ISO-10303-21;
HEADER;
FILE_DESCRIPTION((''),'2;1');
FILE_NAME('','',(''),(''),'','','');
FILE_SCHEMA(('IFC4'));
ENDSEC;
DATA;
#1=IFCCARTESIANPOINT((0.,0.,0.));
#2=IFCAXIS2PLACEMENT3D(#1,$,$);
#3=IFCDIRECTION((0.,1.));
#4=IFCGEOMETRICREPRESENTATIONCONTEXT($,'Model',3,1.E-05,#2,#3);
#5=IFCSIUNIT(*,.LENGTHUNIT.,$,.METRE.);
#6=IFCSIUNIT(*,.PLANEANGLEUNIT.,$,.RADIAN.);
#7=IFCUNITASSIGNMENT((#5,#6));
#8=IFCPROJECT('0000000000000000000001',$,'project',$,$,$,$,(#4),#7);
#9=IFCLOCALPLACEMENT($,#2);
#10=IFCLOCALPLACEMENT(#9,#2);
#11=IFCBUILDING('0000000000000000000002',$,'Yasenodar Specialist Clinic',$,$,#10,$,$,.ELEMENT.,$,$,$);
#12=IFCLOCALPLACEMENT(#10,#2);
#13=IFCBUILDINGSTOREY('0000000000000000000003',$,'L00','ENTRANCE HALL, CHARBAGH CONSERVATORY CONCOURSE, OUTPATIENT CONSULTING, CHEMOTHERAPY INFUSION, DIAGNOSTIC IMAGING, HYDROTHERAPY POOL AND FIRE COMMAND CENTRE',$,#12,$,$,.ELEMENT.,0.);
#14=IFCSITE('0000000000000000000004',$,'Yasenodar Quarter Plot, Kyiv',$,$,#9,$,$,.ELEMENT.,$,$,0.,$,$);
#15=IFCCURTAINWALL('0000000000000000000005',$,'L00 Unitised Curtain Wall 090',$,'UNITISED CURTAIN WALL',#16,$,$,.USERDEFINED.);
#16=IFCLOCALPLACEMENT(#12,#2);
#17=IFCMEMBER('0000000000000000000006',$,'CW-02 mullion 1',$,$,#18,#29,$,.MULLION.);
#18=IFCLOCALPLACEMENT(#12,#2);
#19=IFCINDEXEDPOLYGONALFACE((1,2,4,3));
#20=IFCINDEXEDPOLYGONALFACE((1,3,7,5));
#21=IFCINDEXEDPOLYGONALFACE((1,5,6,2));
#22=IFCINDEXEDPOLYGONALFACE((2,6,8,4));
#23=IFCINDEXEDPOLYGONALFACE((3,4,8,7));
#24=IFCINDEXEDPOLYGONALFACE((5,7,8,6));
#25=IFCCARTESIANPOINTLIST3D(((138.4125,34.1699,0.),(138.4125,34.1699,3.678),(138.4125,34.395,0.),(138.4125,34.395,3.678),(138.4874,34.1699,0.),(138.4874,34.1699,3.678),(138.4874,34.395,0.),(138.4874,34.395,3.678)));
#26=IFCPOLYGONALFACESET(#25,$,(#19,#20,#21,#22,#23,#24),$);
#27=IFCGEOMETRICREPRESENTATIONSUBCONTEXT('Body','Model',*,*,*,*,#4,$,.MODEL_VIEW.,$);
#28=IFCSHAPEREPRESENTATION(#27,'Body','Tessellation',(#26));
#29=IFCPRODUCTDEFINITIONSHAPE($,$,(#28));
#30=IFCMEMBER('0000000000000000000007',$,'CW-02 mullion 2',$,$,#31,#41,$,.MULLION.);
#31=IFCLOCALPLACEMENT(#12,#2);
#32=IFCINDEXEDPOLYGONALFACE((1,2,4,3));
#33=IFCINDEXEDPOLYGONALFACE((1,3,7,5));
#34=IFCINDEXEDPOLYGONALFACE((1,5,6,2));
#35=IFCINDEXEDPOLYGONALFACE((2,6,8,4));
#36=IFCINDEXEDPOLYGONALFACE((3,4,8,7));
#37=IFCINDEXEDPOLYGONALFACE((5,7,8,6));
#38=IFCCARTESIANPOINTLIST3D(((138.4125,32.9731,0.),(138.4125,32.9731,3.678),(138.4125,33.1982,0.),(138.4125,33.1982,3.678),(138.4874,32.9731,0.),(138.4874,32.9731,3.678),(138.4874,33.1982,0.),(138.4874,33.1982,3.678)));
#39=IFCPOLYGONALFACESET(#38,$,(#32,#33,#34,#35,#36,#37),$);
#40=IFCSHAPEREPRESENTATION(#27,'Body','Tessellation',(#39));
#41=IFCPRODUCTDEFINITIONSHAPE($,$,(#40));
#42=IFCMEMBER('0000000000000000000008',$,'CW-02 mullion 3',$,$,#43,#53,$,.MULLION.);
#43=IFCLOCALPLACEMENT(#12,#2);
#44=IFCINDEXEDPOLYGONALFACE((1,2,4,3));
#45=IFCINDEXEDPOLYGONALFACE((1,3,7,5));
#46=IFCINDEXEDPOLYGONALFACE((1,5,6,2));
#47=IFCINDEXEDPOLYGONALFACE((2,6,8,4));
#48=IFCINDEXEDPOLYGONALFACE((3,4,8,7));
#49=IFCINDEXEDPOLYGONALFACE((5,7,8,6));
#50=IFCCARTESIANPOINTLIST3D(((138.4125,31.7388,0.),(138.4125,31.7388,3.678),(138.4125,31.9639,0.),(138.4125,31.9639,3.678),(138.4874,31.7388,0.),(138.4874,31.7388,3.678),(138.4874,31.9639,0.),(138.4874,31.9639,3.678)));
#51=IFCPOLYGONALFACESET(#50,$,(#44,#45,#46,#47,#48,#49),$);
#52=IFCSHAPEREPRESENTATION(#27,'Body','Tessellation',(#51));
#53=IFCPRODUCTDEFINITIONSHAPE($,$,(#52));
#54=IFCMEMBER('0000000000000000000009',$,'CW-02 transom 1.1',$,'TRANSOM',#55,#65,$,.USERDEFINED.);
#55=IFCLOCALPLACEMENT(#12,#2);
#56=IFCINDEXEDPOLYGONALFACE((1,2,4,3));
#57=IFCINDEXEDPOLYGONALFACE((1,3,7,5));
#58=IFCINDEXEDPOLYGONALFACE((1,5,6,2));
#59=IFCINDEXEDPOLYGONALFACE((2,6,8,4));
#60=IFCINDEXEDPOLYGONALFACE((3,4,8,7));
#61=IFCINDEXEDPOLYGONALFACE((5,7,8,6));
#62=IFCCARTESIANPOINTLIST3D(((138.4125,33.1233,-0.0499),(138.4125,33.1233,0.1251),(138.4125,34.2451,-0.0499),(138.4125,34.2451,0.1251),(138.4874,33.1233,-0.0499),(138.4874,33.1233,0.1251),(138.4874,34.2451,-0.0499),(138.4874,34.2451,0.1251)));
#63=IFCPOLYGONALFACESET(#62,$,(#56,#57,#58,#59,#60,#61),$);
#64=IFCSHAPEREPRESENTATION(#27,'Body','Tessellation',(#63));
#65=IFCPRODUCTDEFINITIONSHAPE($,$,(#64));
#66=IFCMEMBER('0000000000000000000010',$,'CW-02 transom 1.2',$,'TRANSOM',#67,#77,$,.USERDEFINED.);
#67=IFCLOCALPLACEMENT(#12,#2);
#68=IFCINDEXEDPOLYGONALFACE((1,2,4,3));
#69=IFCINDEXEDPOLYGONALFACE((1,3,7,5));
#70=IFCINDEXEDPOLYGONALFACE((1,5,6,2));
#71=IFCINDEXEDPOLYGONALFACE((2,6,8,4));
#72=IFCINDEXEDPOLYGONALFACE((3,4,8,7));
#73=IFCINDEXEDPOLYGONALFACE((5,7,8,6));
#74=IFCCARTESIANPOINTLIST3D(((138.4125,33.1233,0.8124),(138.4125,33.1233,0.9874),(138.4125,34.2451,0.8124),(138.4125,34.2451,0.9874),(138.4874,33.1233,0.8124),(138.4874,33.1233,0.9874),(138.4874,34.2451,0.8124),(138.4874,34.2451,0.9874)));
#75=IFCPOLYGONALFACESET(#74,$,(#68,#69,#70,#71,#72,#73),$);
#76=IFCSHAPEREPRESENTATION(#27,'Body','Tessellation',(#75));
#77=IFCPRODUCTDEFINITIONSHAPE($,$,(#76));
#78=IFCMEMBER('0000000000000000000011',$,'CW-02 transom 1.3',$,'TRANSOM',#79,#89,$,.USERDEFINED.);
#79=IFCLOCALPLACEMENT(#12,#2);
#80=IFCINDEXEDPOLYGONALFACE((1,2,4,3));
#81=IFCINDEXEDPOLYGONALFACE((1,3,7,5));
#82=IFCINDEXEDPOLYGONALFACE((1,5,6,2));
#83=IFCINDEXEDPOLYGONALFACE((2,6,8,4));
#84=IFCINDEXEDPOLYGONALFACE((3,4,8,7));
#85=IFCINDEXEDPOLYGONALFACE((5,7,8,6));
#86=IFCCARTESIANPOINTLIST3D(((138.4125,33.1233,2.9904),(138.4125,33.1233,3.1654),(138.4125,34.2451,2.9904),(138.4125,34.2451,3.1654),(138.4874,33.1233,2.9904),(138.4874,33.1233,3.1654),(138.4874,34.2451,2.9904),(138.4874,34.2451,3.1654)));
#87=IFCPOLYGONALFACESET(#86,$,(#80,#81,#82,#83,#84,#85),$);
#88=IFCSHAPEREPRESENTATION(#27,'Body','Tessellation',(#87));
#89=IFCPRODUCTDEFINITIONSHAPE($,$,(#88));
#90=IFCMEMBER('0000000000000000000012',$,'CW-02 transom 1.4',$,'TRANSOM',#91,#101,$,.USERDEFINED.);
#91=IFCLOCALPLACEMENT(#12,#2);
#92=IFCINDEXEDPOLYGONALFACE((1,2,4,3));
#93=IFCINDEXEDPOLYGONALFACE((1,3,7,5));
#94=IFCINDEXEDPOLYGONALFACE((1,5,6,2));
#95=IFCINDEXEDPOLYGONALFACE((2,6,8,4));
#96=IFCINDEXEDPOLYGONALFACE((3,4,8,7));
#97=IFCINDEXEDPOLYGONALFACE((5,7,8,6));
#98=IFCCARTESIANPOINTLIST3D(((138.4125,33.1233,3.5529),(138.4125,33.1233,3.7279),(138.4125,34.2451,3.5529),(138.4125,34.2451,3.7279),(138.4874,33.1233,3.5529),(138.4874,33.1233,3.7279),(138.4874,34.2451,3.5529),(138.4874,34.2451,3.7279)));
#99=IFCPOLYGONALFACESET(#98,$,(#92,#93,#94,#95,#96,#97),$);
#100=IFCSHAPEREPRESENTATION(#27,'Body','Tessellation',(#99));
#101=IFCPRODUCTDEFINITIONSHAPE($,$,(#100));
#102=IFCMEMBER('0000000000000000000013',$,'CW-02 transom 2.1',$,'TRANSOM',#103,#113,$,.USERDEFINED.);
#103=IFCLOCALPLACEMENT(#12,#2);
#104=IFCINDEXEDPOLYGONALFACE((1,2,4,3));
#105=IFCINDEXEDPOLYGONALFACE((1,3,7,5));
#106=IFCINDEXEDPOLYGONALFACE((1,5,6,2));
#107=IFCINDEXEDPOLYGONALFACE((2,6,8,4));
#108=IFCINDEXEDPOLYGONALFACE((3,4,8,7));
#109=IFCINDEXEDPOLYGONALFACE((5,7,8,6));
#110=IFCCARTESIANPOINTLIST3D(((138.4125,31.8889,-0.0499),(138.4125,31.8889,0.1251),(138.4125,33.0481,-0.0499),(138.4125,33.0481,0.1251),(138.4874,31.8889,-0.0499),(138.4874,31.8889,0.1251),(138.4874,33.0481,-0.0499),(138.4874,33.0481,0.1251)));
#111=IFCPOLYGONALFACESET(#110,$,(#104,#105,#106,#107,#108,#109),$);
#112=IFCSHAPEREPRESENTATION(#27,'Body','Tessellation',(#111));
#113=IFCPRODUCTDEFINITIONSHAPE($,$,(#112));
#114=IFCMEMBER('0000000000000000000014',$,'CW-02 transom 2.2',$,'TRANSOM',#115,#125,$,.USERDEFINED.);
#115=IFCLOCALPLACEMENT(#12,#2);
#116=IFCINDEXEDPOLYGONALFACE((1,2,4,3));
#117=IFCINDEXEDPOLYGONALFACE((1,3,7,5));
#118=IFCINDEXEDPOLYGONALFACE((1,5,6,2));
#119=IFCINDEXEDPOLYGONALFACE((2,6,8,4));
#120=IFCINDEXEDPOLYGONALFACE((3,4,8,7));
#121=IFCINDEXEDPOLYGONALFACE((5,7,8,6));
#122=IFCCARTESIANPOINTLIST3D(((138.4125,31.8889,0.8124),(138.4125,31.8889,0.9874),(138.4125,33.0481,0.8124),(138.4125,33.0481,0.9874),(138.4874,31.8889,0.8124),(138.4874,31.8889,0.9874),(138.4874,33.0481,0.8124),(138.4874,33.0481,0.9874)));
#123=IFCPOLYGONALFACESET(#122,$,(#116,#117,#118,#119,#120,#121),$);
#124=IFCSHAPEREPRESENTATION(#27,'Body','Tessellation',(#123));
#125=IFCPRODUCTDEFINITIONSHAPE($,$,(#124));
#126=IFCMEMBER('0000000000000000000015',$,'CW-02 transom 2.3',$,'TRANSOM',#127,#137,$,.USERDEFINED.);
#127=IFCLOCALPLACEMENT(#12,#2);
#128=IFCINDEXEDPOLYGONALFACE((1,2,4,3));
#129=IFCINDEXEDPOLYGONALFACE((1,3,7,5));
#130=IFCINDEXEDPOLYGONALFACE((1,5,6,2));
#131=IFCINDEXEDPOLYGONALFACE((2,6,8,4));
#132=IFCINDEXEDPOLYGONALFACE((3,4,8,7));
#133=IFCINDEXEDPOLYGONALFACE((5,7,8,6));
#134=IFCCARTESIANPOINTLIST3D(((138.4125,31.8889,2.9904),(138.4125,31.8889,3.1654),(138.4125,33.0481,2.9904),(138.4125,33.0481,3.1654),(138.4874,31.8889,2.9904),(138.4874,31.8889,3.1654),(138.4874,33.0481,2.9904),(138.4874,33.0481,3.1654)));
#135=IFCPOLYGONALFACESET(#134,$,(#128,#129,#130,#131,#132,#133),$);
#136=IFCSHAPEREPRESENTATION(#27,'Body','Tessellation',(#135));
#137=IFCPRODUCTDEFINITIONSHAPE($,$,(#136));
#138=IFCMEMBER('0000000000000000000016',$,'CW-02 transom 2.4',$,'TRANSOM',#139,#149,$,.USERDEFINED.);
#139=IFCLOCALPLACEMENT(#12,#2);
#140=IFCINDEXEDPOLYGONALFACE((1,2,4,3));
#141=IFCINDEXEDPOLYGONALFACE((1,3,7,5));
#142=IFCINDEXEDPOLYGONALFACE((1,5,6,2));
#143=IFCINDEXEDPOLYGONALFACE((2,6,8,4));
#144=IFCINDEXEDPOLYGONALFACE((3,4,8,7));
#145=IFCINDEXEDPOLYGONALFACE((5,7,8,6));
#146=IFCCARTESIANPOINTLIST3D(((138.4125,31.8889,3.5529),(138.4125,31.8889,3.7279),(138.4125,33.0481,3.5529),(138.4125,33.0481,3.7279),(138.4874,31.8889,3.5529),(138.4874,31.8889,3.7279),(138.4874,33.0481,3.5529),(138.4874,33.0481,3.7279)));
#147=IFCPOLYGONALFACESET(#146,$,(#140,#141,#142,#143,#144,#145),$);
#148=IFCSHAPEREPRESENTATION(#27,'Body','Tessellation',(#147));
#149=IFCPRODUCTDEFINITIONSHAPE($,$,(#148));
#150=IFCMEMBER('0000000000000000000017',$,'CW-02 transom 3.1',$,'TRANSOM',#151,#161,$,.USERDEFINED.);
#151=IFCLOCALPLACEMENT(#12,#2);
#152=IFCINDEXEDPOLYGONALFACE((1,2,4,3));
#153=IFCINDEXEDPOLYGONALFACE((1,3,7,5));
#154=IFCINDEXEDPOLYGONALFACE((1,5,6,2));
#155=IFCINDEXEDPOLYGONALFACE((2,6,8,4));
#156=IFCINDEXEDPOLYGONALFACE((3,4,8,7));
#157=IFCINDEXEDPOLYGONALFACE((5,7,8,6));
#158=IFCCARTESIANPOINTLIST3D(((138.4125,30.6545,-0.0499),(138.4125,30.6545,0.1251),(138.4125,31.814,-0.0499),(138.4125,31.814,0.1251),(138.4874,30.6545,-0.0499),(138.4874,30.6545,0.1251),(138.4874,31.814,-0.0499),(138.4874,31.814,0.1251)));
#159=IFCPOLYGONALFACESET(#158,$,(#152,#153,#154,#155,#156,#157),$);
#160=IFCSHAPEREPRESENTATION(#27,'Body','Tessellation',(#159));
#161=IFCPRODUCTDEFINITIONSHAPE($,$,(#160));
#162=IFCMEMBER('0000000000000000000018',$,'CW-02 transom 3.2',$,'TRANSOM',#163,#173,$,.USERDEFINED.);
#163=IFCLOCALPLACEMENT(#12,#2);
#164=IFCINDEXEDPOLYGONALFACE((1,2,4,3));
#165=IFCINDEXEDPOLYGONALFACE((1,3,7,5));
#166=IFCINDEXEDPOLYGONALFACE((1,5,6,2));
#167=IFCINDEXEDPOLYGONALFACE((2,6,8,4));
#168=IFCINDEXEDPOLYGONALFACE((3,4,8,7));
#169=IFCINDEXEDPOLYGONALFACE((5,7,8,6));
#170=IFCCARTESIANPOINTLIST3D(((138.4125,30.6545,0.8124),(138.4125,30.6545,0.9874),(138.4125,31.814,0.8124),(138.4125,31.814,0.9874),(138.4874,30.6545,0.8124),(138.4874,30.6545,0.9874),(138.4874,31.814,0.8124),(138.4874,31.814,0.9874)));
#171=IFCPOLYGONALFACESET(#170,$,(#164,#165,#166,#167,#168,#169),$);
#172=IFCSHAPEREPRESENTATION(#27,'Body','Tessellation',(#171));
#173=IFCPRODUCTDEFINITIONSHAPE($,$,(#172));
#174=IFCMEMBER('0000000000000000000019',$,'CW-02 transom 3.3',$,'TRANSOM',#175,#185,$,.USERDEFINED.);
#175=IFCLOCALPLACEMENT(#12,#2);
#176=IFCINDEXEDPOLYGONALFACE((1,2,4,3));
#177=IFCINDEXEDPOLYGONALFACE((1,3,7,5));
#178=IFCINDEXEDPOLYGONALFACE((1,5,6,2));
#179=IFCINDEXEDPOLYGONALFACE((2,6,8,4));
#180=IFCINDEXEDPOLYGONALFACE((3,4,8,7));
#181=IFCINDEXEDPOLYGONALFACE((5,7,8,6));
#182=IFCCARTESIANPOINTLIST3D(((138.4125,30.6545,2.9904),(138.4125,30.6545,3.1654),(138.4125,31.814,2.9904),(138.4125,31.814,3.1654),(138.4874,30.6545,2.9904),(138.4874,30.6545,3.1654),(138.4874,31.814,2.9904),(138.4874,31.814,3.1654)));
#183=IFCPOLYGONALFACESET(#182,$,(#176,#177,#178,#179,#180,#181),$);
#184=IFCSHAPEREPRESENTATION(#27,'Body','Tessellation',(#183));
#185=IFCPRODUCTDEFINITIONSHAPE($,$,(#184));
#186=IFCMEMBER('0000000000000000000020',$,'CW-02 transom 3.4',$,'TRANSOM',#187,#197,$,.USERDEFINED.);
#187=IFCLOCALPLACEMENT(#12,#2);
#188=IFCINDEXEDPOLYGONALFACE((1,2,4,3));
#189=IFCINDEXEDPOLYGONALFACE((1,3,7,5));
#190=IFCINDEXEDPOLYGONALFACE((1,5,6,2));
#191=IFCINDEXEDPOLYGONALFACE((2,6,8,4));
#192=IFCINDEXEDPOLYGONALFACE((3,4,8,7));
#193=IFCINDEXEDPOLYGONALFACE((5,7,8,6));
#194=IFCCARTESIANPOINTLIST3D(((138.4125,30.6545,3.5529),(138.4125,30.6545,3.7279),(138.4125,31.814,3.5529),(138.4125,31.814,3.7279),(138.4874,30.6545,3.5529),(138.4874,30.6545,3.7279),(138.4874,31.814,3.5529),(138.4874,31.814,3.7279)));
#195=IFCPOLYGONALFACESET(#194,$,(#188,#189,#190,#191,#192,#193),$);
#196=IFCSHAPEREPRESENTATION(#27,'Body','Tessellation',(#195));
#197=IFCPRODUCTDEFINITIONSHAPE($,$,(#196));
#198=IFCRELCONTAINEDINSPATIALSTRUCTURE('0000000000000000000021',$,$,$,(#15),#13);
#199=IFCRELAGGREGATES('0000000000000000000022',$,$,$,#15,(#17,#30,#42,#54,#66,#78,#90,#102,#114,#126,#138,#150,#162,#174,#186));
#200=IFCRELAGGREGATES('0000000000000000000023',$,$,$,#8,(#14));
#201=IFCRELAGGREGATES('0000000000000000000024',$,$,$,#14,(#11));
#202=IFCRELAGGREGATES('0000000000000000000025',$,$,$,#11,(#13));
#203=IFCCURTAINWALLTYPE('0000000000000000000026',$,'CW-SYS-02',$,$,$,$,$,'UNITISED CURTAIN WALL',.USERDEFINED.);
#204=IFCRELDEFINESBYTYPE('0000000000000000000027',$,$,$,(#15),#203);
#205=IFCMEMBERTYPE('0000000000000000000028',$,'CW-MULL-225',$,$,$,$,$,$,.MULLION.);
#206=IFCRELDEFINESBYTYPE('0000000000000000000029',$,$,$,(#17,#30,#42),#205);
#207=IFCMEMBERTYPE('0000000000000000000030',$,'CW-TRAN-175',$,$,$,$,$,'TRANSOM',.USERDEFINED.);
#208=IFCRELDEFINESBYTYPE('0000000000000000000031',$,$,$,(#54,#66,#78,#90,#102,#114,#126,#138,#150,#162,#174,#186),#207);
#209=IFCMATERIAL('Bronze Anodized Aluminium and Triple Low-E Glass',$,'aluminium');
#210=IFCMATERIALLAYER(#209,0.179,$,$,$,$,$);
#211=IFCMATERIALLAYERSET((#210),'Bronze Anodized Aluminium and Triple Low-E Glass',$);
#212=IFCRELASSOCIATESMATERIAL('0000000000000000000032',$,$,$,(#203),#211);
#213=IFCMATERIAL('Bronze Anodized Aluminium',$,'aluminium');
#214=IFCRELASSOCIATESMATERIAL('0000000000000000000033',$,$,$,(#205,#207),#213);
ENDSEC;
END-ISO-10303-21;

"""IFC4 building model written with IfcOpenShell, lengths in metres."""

from ifc_helpers import new_model, si_unit, direction, frame, origin, origin_2d, place, context, subcontext, project, spatial, rectangle, extrude, material, layer, layer_set, material_profile, profile_set, type_object, element, aggregate, save


model = new_model("IFC4")

# Units and contexts
model_context = context("Model", 3, precision=1e-05, world=origin(), true_north=direction((0.0, 1.0)))
body_context = subcontext(model_context, "Body", "Model", "MODEL_VIEW")
ifc_project = project(units=[si_unit("LENGTHUNIT", "METRE"), si_unit("PLANEANGLEUNIT", "RADIAN")], contexts=[model_context])

# Site, building, storey
site_placement = place(None, origin())
site = spatial("IfcSite", under=ifc_project, at=site_placement, Name="Yasenodar Quarter Plot, Kyiv", CompositionType="ELEMENT", RefElevation=0.0)
building_placement = place(site_placement, origin())
building = spatial("IfcBuilding", under=site, at=building_placement, Name="Yasenodar Specialist Clinic", CompositionType="ELEMENT")
storey_placement = place(building_placement, origin())
storey = spatial("IfcBuildingStorey", under=building, at=storey_placement, Name="L00", Description="ENTRANCE HALL, CHARBAGH CONSERVATORY CONCOURSE, OUTPATIENT CONSULTING, CHEMOTHERAPY INFUSION, DIAGNOSTIC IMAGING, HYDROTHERAPY POOL AND FIRE COMMAND CENTRE", CompositionType="ELEMENT", Elevation=0.0)

# Curtain wall, members
ifc_material_1 = material(Name="Bronze Anodized Aluminium and Triple Low-E Glass", Category="aluminium")
ifc_layer_1 = layer(ifc_material_1, 0.179)
ifc_layer_set_1 = layer_set([ifc_layer_1], Name="Bronze Anodized Aluminium and Triple Low-E Glass")
curtain_wall_type = type_object("IfcCurtainWallType", Name="CW-SYS-02", ElementType="UNITISED CURTAIN WALL", PredefinedType="USERDEFINED", material=ifc_layer_set_1)
curtain_wall_placement = place(storey_placement, origin())
curtain_wall = element("IfcCurtainWall", 1, at=curtain_wall_placement, inside=storey, type_object=curtain_wall_type, Name="L00 Unitised Curtain Wall 090", ObjectType="UNITISED CURTAIN WALL", PredefinedType="USERDEFINED")
ifc_material_2 = material(Name="Bronze Anodized Aluminium", Category="aluminium")
ifc_material_profile_1 = material_profile(ifc_material_2, rectangle(XDim=0.075, YDim=0.2251, at=origin_2d()), Name="CW-MULL 75x225")
ifc_profile_set_1 = profile_set([ifc_material_profile_1], Name="Bronze Anodized Aluminium")
member_type_1 = type_object("IfcMemberType", Name="CW-MULL-225", PredefinedType="MULLION", material=ifc_profile_set_1)
member_1_placement = place(storey_placement, frame((138.45, 34.2825, 0.0), z_axis=(0.0, 0.0, 1.0), x_axis=(1.0, 0.0, 0.0)))
member_1 = element("IfcMember", 2, at=member_1_placement, type_object=member_type_1, Name="CW-02 mullion 1", PredefinedType="MULLION", context=body_context, shape_type="SweptSolid", body=[
    extrude(rectangle(XDim=0.075, YDim=0.2251, at=origin_2d()), origin(), (0.0, 0.0, 1.0), 3.678),
])
member_2_placement = place(storey_placement, frame((138.45, 33.0857, 0.0), z_axis=(0.0, 0.0, 1.0), x_axis=(1.0, 0.0, 0.0)))
member_2 = element("IfcMember", 3, at=member_2_placement, type_object=member_type_1, Name="CW-02 mullion 2", PredefinedType="MULLION", context=body_context, shape_type="SweptSolid", body=[
    extrude(rectangle(XDim=0.075, YDim=0.2251, at=origin_2d()), origin(), (0.0, 0.0, 1.0), 3.678),
])
member_3_placement = place(storey_placement, frame((138.45, 31.8513, 0.0), z_axis=(0.0, 0.0, 1.0), x_axis=(1.0, 0.0, 0.0)))
member_3 = element("IfcMember", 4, at=member_3_placement, type_object=member_type_1, Name="CW-02 mullion 3", PredefinedType="MULLION", context=body_context, shape_type="SweptSolid", body=[
    extrude(rectangle(XDim=0.075, YDim=0.2251, at=origin_2d()), origin(), (0.0, 0.0, 1.0), 3.678),
])
ifc_material_profile_2 = material_profile(ifc_material_2, rectangle(XDim=0.075, YDim=0.175, at=origin_2d()), Name="CW-TRAN 75x175")
ifc_profile_set_2 = profile_set([ifc_material_profile_2], Name="Bronze Anodized Aluminium")
member_type_2 = type_object("IfcMemberType", Name="CW-TRAN-175", ElementType="TRANSOM", PredefinedType="USERDEFINED", material=ifc_profile_set_2)
member_4_placement = place(storey_placement, frame((138.45, 34.2451, 0.0376), z_axis=(0.0, -1.0, 0.0), x_axis=(1.0, 0.0, 0.0)))
member_4 = element("IfcMember", 5, at=member_4_placement, type_object=member_type_2, Name="CW-02 transom 1.1", ObjectType="TRANSOM", PredefinedType="USERDEFINED", context=body_context, shape_type="SweptSolid", body=[
    extrude(rectangle(XDim=0.075, YDim=0.175, at=origin_2d()), origin(), (0.0, 0.0, 1.0), 1.1218),
])
member_5_placement = place(storey_placement, frame((138.45, 34.2451, 0.8999), z_axis=(0.0, -1.0, 0.0), x_axis=(1.0, 0.0, 0.0)))
member_5 = element("IfcMember", 6, at=member_5_placement, type_object=member_type_2, Name="CW-02 transom 1.2", ObjectType="TRANSOM", PredefinedType="USERDEFINED", context=body_context, shape_type="SweptSolid", body=[
    extrude(rectangle(XDim=0.075, YDim=0.175, at=origin_2d()), origin(), (0.0, 0.0, 1.0), 1.1218),
])
member_6_placement = place(storey_placement, frame((138.45, 34.2451, 3.0779), z_axis=(0.0, -1.0, 0.0), x_axis=(1.0, 0.0, 0.0)))
member_6 = element("IfcMember", 7, at=member_6_placement, type_object=member_type_2, Name="CW-02 transom 1.3", ObjectType="TRANSOM", PredefinedType="USERDEFINED", context=body_context, shape_type="SweptSolid", body=[
    extrude(rectangle(XDim=0.075, YDim=0.175, at=origin_2d()), origin(), (0.0, 0.0, 1.0), 1.1218),
])
member_7_placement = place(storey_placement, frame((138.45, 34.2451, 3.6404), z_axis=(0.0, -1.0, 0.0), x_axis=(1.0, 0.0, 0.0)))
member_7 = element("IfcMember", 8, at=member_7_placement, type_object=member_type_2, Name="CW-02 transom 1.4", ObjectType="TRANSOM", PredefinedType="USERDEFINED", context=body_context, shape_type="SweptSolid", body=[
    extrude(rectangle(XDim=0.075, YDim=0.175, at=origin_2d()), origin(), (0.0, 0.0, 1.0), 1.1218),
])
member_8_placement = place(storey_placement, frame((138.45, 33.0481, 0.0376), z_axis=(0.0, -1.0, 0.0), x_axis=(1.0, 0.0, 0.0)))
member_8 = element("IfcMember", 9, at=member_8_placement, type_object=member_type_2, Name="CW-02 transom 2.1", ObjectType="TRANSOM", PredefinedType="USERDEFINED", context=body_context, shape_type="SweptSolid", body=[
    extrude(rectangle(XDim=0.075, YDim=0.175, at=origin_2d()), origin(), (0.0, 0.0, 1.0), 1.1592),
])
member_9_placement = place(storey_placement, frame((138.45, 33.0481, 0.8999), z_axis=(0.0, -1.0, 0.0), x_axis=(1.0, 0.0, 0.0)))
member_9 = element("IfcMember", 10, at=member_9_placement, type_object=member_type_2, Name="CW-02 transom 2.2", ObjectType="TRANSOM", PredefinedType="USERDEFINED", context=body_context, shape_type="SweptSolid", body=[
    extrude(rectangle(XDim=0.075, YDim=0.175, at=origin_2d()), origin(), (0.0, 0.0, 1.0), 1.1592),
])
member_10_placement = place(storey_placement, frame((138.45, 33.0481, 3.0779), z_axis=(0.0, -1.0, 0.0), x_axis=(1.0, 0.0, 0.0)))
member_10 = element("IfcMember", 11, at=member_10_placement, type_object=member_type_2, Name="CW-02 transom 2.3", ObjectType="TRANSOM", PredefinedType="USERDEFINED", context=body_context, shape_type="SweptSolid", body=[
    extrude(rectangle(XDim=0.075, YDim=0.175, at=origin_2d()), origin(), (0.0, 0.0, 1.0), 1.1592),
])
member_11_placement = place(storey_placement, frame((138.45, 33.0481, 3.6404), z_axis=(0.0, -1.0, 0.0), x_axis=(1.0, 0.0, 0.0)))
member_11 = element("IfcMember", 12, at=member_11_placement, type_object=member_type_2, Name="CW-02 transom 2.4", ObjectType="TRANSOM", PredefinedType="USERDEFINED", context=body_context, shape_type="SweptSolid", body=[
    extrude(rectangle(XDim=0.075, YDim=0.175, at=origin_2d()), origin(), (0.0, 0.0, 1.0), 1.1592),
])
member_12_placement = place(storey_placement, frame((138.45, 31.814, 0.0376), z_axis=(0.0, -1.0, 0.0), x_axis=(1.0, 0.0, 0.0)))
member_12 = element("IfcMember", 13, at=member_12_placement, type_object=member_type_2, Name="CW-02 transom 3.1", ObjectType="TRANSOM", PredefinedType="USERDEFINED", context=body_context, shape_type="SweptSolid", body=[
    extrude(rectangle(XDim=0.075, YDim=0.175, at=origin_2d()), origin(), (0.0, 0.0, 1.0), 1.1594),
])
member_13_placement = place(storey_placement, frame((138.45, 31.814, 0.8999), z_axis=(0.0, -1.0, 0.0), x_axis=(1.0, 0.0, 0.0)))
member_13 = element("IfcMember", 14, at=member_13_placement, type_object=member_type_2, Name="CW-02 transom 3.2", ObjectType="TRANSOM", PredefinedType="USERDEFINED", context=body_context, shape_type="SweptSolid", body=[
    extrude(rectangle(XDim=0.075, YDim=0.175, at=origin_2d()), origin(), (0.0, 0.0, 1.0), 1.1594),
])
member_14_placement = place(storey_placement, frame((138.45, 31.814, 3.0779), z_axis=(0.0, -1.0, 0.0), x_axis=(1.0, 0.0, 0.0)))
member_14 = element("IfcMember", 15, at=member_14_placement, type_object=member_type_2, Name="CW-02 transom 3.3", ObjectType="TRANSOM", PredefinedType="USERDEFINED", context=body_context, shape_type="SweptSolid", body=[
    extrude(rectangle(XDim=0.075, YDim=0.175, at=origin_2d()), origin(), (0.0, 0.0, 1.0), 1.1594),
])
member_15_placement = place(storey_placement, frame((138.45, 31.814, 3.6404), z_axis=(0.0, -1.0, 0.0), x_axis=(1.0, 0.0, 0.0)))
member_15 = element("IfcMember", 16, at=member_15_placement, type_object=member_type_2, Name="CW-02 transom 3.4", ObjectType="TRANSOM", PredefinedType="USERDEFINED", context=body_context, shape_type="SweptSolid", body=[
    extrude(rectangle(XDim=0.075, YDim=0.175, at=origin_2d()), origin(), (0.0, 0.0, 1.0), 1.1594),
])
aggregate(curtain_wall, [member_1, member_2, member_3, member_4, member_5, member_6, member_7, member_8, member_9, member_10, member_11, member_12, member_13, member_14, member_15])

save(model, "model.ifc")
